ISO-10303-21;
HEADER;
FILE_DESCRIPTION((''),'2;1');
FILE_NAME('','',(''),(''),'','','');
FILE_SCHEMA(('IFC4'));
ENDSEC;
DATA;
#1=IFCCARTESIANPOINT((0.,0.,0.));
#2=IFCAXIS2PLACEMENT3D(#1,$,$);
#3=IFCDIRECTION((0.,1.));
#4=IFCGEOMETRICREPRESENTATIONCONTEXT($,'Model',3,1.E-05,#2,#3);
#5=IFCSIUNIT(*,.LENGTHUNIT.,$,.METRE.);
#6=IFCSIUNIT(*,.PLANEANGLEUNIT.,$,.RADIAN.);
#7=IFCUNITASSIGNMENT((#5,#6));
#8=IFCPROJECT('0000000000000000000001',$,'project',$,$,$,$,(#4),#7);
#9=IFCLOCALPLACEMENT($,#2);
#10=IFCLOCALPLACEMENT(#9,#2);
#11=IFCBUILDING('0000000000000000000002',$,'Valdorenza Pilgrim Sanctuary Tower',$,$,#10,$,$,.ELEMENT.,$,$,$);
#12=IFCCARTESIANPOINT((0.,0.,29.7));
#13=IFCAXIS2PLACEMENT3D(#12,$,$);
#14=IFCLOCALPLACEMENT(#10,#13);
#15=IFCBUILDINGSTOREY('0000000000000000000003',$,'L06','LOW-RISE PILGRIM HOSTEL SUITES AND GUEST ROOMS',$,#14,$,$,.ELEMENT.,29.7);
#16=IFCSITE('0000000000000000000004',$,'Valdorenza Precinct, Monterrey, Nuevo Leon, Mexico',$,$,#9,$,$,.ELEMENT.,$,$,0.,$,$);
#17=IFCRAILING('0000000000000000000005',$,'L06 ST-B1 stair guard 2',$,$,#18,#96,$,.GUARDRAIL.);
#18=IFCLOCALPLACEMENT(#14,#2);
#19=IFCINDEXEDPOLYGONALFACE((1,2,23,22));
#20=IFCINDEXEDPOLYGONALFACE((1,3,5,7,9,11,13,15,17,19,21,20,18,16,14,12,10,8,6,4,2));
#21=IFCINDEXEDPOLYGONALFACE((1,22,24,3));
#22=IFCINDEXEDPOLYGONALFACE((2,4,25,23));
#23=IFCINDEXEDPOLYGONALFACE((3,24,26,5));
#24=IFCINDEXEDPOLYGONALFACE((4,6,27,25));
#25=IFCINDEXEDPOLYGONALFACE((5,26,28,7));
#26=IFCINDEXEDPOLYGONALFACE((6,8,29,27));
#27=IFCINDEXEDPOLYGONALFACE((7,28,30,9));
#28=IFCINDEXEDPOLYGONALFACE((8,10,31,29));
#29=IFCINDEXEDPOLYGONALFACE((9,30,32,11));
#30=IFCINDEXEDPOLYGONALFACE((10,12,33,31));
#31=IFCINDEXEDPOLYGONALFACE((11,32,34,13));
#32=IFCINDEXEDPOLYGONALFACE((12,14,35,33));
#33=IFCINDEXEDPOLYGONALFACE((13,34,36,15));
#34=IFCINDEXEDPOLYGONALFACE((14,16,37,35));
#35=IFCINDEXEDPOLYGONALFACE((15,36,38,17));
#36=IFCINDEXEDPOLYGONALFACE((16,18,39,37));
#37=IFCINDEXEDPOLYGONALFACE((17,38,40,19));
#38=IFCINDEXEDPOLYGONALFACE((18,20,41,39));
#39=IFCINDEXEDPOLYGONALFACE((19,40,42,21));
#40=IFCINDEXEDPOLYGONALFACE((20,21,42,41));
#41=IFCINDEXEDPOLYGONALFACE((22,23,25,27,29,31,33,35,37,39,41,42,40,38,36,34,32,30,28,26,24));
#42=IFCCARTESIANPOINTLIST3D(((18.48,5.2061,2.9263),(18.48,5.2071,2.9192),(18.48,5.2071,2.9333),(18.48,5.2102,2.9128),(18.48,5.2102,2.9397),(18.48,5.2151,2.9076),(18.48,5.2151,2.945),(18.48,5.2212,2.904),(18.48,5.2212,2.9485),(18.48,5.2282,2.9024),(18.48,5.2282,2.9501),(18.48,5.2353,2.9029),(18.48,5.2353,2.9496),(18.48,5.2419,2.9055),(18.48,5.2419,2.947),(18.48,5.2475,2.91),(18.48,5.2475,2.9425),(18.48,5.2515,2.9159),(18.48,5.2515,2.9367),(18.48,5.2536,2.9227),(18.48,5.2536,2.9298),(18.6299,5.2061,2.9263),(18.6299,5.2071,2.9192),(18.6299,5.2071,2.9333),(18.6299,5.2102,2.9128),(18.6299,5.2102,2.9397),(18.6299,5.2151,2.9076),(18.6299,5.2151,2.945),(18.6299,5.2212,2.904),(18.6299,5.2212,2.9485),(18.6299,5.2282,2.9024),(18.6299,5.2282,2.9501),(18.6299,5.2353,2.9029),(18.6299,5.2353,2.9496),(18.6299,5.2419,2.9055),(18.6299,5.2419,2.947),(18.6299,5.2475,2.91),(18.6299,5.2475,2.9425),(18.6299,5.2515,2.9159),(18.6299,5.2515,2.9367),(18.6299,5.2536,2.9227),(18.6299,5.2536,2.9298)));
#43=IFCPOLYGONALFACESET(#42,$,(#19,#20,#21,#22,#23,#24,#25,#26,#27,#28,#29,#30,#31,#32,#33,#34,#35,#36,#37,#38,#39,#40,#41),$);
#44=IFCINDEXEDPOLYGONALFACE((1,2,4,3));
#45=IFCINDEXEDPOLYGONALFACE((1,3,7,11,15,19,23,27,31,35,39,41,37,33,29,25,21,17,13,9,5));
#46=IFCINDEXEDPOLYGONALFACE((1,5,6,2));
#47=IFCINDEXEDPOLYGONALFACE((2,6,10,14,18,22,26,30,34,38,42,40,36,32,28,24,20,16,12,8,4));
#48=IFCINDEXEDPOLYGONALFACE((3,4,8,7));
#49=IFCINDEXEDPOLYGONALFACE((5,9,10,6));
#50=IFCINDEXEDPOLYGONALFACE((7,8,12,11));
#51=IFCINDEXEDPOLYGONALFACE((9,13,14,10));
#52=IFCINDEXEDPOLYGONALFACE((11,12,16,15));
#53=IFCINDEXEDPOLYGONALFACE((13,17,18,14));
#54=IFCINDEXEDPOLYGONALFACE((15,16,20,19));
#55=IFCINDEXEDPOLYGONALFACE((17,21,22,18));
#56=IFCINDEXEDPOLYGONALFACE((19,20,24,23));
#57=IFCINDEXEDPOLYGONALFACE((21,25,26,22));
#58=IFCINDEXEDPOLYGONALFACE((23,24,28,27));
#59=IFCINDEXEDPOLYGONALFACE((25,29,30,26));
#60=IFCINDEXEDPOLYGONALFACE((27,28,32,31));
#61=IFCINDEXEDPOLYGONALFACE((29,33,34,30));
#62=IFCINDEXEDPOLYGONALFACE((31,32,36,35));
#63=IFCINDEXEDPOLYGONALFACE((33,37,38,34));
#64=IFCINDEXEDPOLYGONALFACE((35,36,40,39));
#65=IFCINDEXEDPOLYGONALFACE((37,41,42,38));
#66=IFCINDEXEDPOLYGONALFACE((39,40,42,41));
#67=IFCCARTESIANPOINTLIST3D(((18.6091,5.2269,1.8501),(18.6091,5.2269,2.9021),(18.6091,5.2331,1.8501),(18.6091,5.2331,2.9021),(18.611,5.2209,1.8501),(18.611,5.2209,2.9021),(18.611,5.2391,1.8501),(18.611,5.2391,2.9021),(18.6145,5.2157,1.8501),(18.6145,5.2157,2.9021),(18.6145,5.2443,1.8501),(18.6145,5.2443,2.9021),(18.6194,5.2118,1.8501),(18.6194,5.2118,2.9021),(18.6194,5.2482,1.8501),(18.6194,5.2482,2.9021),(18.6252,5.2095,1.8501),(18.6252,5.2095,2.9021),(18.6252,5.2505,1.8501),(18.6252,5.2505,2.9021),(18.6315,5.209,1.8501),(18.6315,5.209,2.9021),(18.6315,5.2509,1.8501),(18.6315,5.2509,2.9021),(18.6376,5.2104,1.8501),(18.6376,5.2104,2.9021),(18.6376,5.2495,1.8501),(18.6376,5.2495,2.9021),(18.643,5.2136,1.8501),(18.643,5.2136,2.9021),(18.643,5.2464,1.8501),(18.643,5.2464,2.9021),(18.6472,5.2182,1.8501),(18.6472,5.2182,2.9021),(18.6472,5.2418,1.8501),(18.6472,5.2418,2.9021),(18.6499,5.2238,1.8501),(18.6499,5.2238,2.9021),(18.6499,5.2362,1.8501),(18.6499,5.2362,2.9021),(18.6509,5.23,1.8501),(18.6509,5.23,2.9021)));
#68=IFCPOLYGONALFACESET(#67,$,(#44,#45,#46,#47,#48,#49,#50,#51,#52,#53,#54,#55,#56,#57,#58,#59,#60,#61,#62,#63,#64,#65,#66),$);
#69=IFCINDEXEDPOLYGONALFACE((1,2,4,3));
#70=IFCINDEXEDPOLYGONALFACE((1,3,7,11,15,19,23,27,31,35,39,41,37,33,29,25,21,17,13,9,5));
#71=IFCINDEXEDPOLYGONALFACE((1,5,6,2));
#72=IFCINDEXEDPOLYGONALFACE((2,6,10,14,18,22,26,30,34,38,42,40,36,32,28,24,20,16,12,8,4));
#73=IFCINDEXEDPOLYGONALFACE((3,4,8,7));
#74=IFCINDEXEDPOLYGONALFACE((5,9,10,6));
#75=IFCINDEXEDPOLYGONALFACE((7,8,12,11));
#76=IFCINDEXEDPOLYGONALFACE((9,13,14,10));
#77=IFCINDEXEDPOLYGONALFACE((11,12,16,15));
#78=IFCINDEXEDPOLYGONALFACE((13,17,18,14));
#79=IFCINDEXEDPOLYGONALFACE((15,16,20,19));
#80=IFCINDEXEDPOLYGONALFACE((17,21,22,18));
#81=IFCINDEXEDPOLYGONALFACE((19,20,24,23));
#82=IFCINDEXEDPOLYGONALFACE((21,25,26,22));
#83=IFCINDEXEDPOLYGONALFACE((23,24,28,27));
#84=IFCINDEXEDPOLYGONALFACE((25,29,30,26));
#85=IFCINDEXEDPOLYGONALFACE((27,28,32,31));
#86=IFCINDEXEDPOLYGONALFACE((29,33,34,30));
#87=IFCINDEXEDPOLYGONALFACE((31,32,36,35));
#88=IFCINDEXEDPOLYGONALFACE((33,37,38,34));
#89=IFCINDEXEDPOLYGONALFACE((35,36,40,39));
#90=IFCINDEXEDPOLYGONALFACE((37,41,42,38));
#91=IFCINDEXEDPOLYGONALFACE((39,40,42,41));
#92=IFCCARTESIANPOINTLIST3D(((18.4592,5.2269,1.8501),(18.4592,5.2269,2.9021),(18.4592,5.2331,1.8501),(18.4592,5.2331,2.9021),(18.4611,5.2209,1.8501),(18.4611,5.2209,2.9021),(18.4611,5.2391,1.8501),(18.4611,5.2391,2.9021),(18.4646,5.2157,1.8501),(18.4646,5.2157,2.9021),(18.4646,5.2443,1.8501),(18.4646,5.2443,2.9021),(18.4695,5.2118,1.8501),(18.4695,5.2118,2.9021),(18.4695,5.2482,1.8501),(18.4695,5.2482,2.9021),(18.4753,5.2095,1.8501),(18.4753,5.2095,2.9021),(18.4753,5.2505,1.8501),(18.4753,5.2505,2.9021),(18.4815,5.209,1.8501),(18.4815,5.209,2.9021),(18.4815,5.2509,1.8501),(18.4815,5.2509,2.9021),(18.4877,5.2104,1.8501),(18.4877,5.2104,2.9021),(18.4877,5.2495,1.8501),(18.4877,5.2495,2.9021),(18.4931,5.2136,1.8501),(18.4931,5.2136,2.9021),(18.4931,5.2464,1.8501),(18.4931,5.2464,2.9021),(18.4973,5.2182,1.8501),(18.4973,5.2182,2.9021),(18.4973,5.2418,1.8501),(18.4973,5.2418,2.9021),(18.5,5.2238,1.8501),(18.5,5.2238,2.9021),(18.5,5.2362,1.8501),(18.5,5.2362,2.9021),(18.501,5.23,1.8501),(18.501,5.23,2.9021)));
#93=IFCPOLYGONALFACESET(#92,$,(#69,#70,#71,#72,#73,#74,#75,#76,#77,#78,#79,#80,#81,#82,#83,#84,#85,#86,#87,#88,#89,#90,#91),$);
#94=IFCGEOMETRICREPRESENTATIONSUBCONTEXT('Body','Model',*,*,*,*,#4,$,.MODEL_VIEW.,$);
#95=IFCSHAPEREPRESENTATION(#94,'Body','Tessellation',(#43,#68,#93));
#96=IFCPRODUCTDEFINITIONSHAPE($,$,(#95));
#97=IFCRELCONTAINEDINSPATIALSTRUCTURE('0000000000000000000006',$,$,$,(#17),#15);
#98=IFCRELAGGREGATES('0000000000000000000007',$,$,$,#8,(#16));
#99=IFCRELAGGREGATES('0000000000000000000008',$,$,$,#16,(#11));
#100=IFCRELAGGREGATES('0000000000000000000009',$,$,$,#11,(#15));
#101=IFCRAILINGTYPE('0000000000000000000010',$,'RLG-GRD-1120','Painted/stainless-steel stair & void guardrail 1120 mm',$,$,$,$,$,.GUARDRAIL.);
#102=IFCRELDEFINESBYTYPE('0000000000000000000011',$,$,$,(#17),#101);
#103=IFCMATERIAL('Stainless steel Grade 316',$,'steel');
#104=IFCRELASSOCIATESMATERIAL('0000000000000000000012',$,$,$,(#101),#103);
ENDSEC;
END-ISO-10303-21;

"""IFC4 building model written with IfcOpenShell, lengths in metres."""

from ifc_helpers import new_model, si_unit, direction, frame, origin, origin_2d, place, context, subcontext, project, spatial, circle, extrude, material, type_object, element, save


model = new_model("IFC4")

# Units and contexts
model_context = context("Model", 3, precision=1e-05, world=origin(), true_north=direction((0.0, 1.0)))
body_context = subcontext(model_context, "Body", "Model", "MODEL_VIEW")
ifc_project = project(units=[si_unit("LENGTHUNIT", "METRE"), si_unit("PLANEANGLEUNIT", "RADIAN")], contexts=[model_context])

# Site, building, storey
site_placement = place(None, origin())
site = spatial("IfcSite", under=ifc_project, at=site_placement, Name="Valdorenza Precinct, Monterrey, Nuevo Leon, Mexico", CompositionType="ELEMENT", RefElevation=0.0)
building_placement = place(site_placement, origin())
building = spatial("IfcBuilding", under=site, at=building_placement, Name="Valdorenza Pilgrim Sanctuary Tower", CompositionType="ELEMENT")
storey_placement = place(building_placement, frame((0.0, 0.0, 29.7)))
storey = spatial("IfcBuildingStorey", under=building, at=storey_placement, Name="L06", Description="LOW-RISE PILGRIM HOSTEL SUITES AND GUEST ROOMS", CompositionType="ELEMENT", Elevation=29.7)

# Railing
ifc_material_1 = material(Name="Stainless steel Grade 316", Category="steel")
railing_type_1 = type_object("IfcRailingType", Name="RLG-GRD-1120", Description="Painted/stainless-steel stair & void guardrail 1120 mm", PredefinedType="GUARDRAIL", material=ifc_material_1)
railing_1_placement = place(storey_placement, frame((18.6299, 5.23, 1.8501)))
element("IfcRailing", 1, at=railing_1_placement, inside=storey, type_object=railing_type_1, Name="L06 ST-B1 stair guard 2", PredefinedType="GUARDRAIL", context=body_context, shape_type="SweptSolid", body=[
    extrude(circle(Radius=0.0239, at=origin_2d()), frame((0.0, 0.0, 1.0762), z_axis=(-1.0, 0.0, 0.0), x_axis=(0.0, -1.0, 0.0)), (0.0, 0.0, 1.0), 0.1499),
    extrude(circle(Radius=0.021, at=origin_2d()), origin(), (0.0, 0.0, 1.0), 1.052),
    extrude(circle(Radius=0.021, at=origin_2d()), frame((-0.1499, 0.0, 0.0)), (0.0, 0.0, 1.0), 1.052),
])

save(model, "model.ifc")
